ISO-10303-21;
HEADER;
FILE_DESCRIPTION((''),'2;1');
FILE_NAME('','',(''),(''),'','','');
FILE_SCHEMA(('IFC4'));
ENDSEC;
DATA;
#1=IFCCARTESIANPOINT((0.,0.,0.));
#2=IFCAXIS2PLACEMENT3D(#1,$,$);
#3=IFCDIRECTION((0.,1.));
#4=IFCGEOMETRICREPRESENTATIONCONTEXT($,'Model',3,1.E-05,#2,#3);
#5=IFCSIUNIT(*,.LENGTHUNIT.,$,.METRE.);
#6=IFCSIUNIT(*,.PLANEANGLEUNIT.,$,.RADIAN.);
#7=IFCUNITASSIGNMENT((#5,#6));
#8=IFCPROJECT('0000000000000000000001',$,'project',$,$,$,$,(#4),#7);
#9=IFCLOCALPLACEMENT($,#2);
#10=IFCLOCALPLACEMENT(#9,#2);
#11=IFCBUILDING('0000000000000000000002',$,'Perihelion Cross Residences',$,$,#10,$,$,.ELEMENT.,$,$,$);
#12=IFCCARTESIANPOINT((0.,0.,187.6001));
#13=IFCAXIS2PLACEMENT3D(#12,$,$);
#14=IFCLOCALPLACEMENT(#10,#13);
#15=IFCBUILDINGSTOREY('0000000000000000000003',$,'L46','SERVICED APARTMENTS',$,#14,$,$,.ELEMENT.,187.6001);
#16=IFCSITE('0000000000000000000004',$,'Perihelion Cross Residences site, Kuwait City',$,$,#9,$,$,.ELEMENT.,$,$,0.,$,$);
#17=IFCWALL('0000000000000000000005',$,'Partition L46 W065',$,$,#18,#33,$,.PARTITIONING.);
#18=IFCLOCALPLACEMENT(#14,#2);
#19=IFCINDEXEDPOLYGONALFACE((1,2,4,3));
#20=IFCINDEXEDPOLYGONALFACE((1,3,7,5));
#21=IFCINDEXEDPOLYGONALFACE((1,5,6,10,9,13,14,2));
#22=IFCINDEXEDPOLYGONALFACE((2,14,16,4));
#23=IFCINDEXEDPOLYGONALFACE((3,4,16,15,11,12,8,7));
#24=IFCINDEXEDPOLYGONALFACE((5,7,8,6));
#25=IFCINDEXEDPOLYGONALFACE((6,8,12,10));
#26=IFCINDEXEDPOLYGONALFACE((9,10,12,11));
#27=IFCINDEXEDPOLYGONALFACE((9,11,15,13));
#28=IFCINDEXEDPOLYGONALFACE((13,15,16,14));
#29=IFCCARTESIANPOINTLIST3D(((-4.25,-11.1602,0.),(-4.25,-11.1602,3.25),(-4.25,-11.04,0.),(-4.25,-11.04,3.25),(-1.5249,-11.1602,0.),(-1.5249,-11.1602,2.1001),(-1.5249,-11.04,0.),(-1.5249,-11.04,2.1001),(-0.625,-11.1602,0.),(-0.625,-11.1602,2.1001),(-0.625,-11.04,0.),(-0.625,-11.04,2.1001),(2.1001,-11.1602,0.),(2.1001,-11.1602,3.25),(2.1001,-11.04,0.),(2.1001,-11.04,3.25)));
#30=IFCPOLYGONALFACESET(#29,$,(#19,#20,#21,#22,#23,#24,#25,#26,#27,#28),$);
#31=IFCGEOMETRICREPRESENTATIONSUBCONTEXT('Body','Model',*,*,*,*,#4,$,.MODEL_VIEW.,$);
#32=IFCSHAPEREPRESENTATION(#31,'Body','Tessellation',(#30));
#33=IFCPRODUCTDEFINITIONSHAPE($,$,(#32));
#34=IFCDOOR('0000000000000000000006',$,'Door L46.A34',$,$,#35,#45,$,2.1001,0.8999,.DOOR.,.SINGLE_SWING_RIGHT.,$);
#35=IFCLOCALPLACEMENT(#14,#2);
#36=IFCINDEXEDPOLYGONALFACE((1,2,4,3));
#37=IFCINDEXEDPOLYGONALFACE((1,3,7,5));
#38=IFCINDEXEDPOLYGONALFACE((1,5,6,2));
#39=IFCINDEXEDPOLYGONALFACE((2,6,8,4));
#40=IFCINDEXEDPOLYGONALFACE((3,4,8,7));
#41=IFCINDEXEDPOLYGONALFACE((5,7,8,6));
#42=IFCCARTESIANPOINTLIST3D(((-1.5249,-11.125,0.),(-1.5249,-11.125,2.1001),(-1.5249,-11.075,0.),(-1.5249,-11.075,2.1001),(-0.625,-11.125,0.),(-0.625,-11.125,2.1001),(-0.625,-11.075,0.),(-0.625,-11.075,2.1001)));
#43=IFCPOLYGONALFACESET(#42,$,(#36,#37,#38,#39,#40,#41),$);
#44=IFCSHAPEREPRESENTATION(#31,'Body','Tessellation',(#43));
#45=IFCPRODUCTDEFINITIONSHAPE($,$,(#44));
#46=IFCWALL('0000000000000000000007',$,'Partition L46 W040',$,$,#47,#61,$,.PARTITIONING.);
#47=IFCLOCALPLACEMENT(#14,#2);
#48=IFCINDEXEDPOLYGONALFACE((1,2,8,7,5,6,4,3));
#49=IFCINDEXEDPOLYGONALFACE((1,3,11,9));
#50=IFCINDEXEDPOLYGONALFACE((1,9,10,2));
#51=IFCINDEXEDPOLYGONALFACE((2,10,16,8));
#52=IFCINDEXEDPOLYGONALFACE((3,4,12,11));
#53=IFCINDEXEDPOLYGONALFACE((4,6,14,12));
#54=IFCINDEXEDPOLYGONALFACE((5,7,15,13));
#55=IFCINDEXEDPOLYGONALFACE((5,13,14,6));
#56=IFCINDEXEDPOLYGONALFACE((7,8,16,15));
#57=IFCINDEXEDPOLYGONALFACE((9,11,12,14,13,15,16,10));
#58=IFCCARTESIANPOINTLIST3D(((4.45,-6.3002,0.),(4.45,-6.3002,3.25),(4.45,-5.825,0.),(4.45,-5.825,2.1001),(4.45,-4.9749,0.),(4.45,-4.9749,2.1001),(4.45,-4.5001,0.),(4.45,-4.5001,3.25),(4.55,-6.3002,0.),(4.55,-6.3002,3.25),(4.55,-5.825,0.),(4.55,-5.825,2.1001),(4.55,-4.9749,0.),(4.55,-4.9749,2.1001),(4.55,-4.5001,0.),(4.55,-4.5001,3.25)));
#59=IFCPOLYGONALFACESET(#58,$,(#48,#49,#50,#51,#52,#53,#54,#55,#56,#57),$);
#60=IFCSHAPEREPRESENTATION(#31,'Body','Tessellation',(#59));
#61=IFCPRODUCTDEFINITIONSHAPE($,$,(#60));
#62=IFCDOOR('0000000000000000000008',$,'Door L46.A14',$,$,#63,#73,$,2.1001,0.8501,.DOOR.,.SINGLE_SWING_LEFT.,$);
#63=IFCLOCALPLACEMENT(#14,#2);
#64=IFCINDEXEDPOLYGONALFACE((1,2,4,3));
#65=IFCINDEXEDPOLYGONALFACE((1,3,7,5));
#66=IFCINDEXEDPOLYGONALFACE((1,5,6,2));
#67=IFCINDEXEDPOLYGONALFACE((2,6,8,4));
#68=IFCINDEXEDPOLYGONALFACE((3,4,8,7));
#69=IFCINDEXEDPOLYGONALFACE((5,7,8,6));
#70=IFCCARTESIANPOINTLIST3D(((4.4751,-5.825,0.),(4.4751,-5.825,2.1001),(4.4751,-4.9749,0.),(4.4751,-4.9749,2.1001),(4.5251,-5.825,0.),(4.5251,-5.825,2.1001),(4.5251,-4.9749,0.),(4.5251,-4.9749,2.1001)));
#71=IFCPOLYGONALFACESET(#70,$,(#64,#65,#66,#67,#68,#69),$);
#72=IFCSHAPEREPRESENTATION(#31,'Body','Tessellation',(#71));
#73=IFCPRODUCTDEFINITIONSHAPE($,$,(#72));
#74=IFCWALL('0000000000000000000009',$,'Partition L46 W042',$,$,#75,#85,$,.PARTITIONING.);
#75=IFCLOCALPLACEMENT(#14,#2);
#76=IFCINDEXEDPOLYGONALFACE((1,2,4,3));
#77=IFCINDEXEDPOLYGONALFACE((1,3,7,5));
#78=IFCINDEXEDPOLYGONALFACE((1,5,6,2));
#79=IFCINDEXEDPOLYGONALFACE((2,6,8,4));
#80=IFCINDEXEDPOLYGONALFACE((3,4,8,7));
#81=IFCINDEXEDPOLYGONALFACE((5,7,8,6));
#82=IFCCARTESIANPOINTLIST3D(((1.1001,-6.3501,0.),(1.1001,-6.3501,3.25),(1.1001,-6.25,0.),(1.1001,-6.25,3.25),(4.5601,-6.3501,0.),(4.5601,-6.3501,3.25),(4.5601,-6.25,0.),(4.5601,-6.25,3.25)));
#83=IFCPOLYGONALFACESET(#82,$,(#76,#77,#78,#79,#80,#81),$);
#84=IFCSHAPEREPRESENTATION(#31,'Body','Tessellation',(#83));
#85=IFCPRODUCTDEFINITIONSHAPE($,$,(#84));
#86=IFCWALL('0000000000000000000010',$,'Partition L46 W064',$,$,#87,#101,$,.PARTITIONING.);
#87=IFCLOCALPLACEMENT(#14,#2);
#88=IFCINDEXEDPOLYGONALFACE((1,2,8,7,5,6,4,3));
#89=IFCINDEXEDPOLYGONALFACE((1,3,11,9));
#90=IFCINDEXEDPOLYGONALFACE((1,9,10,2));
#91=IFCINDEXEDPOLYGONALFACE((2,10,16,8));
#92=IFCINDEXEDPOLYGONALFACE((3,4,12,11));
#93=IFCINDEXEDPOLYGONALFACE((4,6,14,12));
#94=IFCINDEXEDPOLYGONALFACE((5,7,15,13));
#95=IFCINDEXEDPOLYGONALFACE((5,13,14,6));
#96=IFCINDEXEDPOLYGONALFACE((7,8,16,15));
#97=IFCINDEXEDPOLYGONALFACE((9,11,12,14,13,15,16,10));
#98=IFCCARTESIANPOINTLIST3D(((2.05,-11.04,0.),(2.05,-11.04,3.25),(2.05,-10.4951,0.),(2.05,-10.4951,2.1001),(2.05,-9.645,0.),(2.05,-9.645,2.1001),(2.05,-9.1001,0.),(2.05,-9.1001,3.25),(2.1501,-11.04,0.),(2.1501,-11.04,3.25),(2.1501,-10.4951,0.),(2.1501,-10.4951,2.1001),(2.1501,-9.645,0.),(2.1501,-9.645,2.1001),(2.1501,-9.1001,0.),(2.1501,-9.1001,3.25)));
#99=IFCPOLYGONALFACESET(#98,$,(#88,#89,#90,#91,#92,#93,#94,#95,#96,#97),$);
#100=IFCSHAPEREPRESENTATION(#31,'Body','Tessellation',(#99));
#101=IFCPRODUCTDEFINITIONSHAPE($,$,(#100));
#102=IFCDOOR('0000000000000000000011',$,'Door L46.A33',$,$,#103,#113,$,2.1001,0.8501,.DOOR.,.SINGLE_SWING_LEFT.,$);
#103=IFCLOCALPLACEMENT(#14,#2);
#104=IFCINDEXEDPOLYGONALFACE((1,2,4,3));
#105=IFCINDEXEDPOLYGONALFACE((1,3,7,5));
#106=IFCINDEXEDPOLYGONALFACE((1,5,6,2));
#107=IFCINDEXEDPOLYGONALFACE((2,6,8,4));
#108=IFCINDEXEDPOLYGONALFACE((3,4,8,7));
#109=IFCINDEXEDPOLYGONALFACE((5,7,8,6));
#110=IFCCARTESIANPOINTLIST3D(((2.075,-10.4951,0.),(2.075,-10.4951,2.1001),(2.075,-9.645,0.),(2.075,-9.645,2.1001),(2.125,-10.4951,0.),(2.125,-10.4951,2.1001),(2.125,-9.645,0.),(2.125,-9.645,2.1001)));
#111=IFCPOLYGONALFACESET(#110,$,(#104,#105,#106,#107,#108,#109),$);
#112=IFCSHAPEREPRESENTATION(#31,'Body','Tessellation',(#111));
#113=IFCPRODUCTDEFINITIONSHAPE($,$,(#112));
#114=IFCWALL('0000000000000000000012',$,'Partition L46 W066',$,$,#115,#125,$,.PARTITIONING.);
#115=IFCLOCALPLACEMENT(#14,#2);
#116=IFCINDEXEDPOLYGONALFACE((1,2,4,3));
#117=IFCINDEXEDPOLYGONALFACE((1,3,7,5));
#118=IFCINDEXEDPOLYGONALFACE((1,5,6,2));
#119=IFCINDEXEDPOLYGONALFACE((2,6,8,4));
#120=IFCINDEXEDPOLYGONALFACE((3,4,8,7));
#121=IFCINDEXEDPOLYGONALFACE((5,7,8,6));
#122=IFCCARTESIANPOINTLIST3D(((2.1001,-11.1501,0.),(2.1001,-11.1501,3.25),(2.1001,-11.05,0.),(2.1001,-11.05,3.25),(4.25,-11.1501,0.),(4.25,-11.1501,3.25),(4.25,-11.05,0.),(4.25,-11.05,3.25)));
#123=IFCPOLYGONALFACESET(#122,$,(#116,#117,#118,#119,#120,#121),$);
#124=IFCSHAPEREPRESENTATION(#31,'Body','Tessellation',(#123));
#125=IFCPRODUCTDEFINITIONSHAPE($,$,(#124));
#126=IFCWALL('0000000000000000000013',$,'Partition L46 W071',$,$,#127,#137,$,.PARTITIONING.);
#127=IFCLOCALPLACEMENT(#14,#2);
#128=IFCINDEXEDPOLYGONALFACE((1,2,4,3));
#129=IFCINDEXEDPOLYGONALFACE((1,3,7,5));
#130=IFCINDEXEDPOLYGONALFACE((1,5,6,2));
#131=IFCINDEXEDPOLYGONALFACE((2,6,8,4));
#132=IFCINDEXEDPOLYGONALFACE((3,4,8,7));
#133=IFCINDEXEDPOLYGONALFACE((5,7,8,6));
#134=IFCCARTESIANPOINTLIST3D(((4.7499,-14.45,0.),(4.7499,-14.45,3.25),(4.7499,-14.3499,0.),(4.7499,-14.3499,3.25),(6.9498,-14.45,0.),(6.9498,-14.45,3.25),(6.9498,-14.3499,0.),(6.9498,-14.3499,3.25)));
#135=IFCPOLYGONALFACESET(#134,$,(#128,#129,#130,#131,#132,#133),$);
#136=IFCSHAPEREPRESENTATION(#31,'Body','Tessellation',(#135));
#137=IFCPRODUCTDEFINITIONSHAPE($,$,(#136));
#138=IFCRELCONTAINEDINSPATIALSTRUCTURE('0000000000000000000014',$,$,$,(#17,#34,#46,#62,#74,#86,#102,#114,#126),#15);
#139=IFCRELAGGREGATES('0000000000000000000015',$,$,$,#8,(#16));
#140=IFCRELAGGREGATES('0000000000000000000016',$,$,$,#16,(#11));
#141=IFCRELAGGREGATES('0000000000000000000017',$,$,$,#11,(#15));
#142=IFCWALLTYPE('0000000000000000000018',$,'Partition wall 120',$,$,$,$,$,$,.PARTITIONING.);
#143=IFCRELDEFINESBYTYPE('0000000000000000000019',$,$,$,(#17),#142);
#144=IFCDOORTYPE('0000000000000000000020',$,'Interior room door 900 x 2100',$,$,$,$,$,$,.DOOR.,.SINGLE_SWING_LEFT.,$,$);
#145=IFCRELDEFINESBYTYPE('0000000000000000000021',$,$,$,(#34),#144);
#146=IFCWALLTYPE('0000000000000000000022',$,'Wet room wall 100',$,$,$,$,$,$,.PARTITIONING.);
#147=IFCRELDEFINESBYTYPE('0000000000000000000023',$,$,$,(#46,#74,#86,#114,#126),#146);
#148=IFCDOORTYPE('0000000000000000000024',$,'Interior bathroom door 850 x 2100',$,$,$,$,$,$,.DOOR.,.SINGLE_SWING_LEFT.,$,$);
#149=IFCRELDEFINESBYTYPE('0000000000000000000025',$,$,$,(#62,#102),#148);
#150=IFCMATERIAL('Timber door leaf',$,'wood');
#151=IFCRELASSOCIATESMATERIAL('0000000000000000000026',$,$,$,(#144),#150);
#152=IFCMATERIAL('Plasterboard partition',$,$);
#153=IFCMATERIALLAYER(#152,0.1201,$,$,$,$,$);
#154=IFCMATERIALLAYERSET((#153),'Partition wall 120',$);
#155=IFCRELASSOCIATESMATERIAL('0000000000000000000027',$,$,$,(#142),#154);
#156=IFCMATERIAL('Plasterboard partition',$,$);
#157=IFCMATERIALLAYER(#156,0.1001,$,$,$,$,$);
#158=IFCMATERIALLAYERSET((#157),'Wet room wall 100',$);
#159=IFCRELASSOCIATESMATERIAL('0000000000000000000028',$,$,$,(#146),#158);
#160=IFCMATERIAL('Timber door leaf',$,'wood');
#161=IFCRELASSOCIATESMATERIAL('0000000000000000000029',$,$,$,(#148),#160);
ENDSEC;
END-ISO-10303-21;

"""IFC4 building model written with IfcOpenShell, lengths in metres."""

from ifc_helpers import new_model, si_unit, direction, frame, frame_2d, origin, place, context, subcontext, project, spatial, rectangle, extrude, material, layer, layer_set, type_object, element, fill, save


model = new_model("IFC4")

# Units and contexts
model_context = context("Model", 3, precision=1e-05, world=origin(), true_north=direction((0.0, 1.0)))
body_context = subcontext(model_context, "Body", "Model", "MODEL_VIEW")
ifc_project = project(units=[si_unit("LENGTHUNIT", "METRE"), si_unit("PLANEANGLEUNIT", "RADIAN")], contexts=[model_context])

# Site, building, storey
site_placement = place(None, origin())
site = spatial("IfcSite", under=ifc_project, at=site_placement, Name="Perihelion Cross Residences site, Kuwait City", CompositionType="ELEMENT", RefElevation=0.0)
building_placement = place(site_placement, origin())
building = spatial("IfcBuilding", under=site, at=building_placement, Name="Perihelion Cross Residences", CompositionType="ELEMENT")
storey_placement = place(building_placement, frame((0.0, 0.0, 187.6001)))
storey = spatial("IfcBuildingStorey", under=building, at=storey_placement, Name="L46", Description="SERVICED APARTMENTS", CompositionType="ELEMENT", Elevation=187.6001)

# Walls, openings, doors
ifc_material_1 = material(Name="Timber door leaf", Category="wood")
door_type_1 = type_object("IfcDoorType", Name="Interior room door 900 x 2100", OperationType="SINGLE_SWING_LEFT", PredefinedType="DOOR", material=ifc_material_1)
ifc_material_2 = material(Name="Plasterboard partition")
ifc_layer_1 = layer(ifc_material_2, 0.1201)
ifc_layer_set_1 = layer_set([ifc_layer_1], Name="Partition wall 120")
wall_type_1 = type_object("IfcWallType", Name="Partition wall 120", PredefinedType="PARTITIONING", material=ifc_layer_set_1)
wall_1_placement = place(storey_placement, frame((2.1001, -11.1001, 0.0), z_axis=(0.0, 0.0, 1.0), x_axis=(-1.0, 0.0, 0.0)))
wall_1 = element("IfcWall", 1, at=wall_1_placement, inside=storey, type_object=wall_type_1, Name="Partition L46 W065", PredefinedType="PARTITIONING", context=body_context, shape_type="SweptSolid", body=[
    extrude(rectangle(XDim=6.3501, YDim=0.1201, at=frame_2d((3.175, 0.0))), origin(), (0.0, 0.0, 1.0), 3.25),
])
opening_1_placement = place(wall_1_placement, frame((2.7251, 0.0, 0.0)))
opening_1 = element("IfcOpeningElement", 2, at=opening_1_placement, cuts=wall_1, PredefinedType="OPENING", context=body_context, shape_type="SweptSolid", body=[
    extrude(rectangle(XDim=0.8999, YDim=2.1001, at=frame_2d((0.45, 1.05))), frame((0.0, 0.0701, 0.0), z_axis=(0.0, -1.0, 0.0), x_axis=(1.0, 0.0, 0.0)), (0.0, 0.0, 1.0), 0.1401),
])
door_1_placement = place(opening_1_placement, origin())
door_1 = element("IfcDoor", 3, at=door_1_placement, inside=storey, type_object=door_type_1, Name="Door L46.A34", OperationType="SINGLE_SWING_RIGHT", OverallHeight=2.1001, OverallWidth=0.8999, PredefinedType="DOOR", context=body_context, shape_type="SweptSolid", body=[
    extrude(rectangle(XDim=0.8999, YDim=2.1001, at=frame_2d((0.45, 1.05))), frame((0.0, 0.0249, 0.0), z_axis=(0.0, -1.0, 0.0), x_axis=(1.0, 0.0, 0.0)), (0.0, 0.0, 1.0), 0.05),
])
fill(opening_1, door_1)
ifc_material_3 = material(Name="Plasterboard partition")
ifc_layer_2 = layer(ifc_material_3, 0.1001)
ifc_layer_set_2 = layer_set([ifc_layer_2], Name="Wet room wall 100")
wall_type_2 = type_object("IfcWallType", Name="Wet room wall 100", PredefinedType="PARTITIONING", material=ifc_layer_set_2)
wall_2_placement = place(storey_placement, frame((4.5, -6.3, 0.0), z_axis=(0.0, 0.0, 1.0), x_axis=(0.0, 1.0, 0.0)))
wall_2 = element("IfcWall", 4, at=wall_2_placement, inside=storey, type_object=wall_type_2, Name="Partition L46 W040", PredefinedType="PARTITIONING", context=body_context, shape_type="SweptSolid", body=[
    extrude(rectangle(XDim=1.8, YDim=0.1001, at=frame_2d((0.8999, 0.0))), origin(), (0.0, 0.0, 1.0), 3.25),
])
opening_2_placement = place(wall_2_placement, frame((0.4751, 0.0, 0.0)))
opening_2 = element("IfcOpeningElement", 5, at=opening_2_placement, cuts=wall_2, PredefinedType="OPENING", context=body_context, shape_type="SweptSolid", body=[
    extrude(rectangle(XDim=0.8501, YDim=2.1001, at=frame_2d((0.425, 1.05))), frame((0.0, 0.0601, 0.0), z_axis=(0.0, -1.0, 0.0), x_axis=(1.0, 0.0, 0.0)), (0.0, 0.0, 1.0), 0.1201),
])
ifc_material_4 = material(Name="Timber door leaf", Category="wood")
door_type_2 = type_object("IfcDoorType", Name="Interior bathroom door 850 x 2100", OperationType="SINGLE_SWING_LEFT", PredefinedType="DOOR", material=ifc_material_4)
door_2_placement = place(opening_2_placement, origin())
door_2 = element("IfcDoor", 6, at=door_2_placement, inside=storey, type_object=door_type_2, Name="Door L46.A14", OperationType="SINGLE_SWING_LEFT", OverallHeight=2.1001, OverallWidth=0.8501, PredefinedType="DOOR", context=body_context, shape_type="SweptSolid", body=[
    extrude(rectangle(XDim=0.8501, YDim=2.1001, at=frame_2d((0.425, 1.05))), frame((0.0, 0.0249, 0.0), z_axis=(0.0, -1.0, 0.0), x_axis=(1.0, 0.0, 0.0)), (0.0, 0.0, 1.0), 0.05),
])
fill(opening_2, door_2)

# Wall
wall_3_placement = place(storey_placement, frame((4.5601, -6.3, 0.0), z_axis=(0.0, 0.0, 1.0), x_axis=(-1.0, 0.0, 0.0)))
element("IfcWall", 7, at=wall_3_placement, inside=storey, type_object=wall_type_2, Name="Partition L46 W042", PredefinedType="PARTITIONING", context=body_context, shape_type="SweptSolid", body=[
    extrude(rectangle(XDim=3.46, YDim=0.1001, at=frame_2d((1.73, 0.0))), origin(), (0.0, 0.0, 1.0), 3.25),
])

# Wall, opening, door
wall_4_placement = place(storey_placement, frame((2.1001, -9.1001, 0.0), z_axis=(0.0, 0.0, 1.0), x_axis=(0.0, -1.0, 0.0)))
wall_4 = element("IfcWall", 8, at=wall_4_placement, inside=storey, type_object=wall_type_2, Name="Partition L46 W064", PredefinedType="PARTITIONING", context=body_context, shape_type="SweptSolid", body=[
    extrude(rectangle(XDim=1.9399, YDim=0.1001, at=frame_2d((0.97, 0.0))), origin(), (0.0, 0.0, 1.0), 3.25),
])
opening_3_placement = place(wall_4_placement, frame((0.5449, 0.0, 0.0)))
opening_3 = element("IfcOpeningElement", 9, at=opening_3_placement, cuts=wall_4, PredefinedType="OPENING", context=body_context, shape_type="SweptSolid", body=[
    extrude(rectangle(XDim=0.8501, YDim=2.1001, at=frame_2d((0.425, 1.05))), frame((0.0, 0.0601, 0.0), z_axis=(0.0, -1.0, 0.0), x_axis=(1.0, 0.0, 0.0)), (0.0, 0.0, 1.0), 0.1201),
])
door_3_placement = place(opening_3_placement, origin())
door_3 = element("IfcDoor", 10, at=door_3_placement, inside=storey, type_object=door_type_2, Name="Door L46.A33", OperationType="SINGLE_SWING_LEFT", OverallHeight=2.1001, OverallWidth=0.8501, PredefinedType="DOOR", context=body_context, shape_type="SweptSolid", body=[
    extrude(rectangle(XDim=0.8501, YDim=2.1001, at=frame_2d((0.425, 1.05))), frame((0.0, 0.0249, 0.0), z_axis=(0.0, -1.0, 0.0), x_axis=(1.0, 0.0, 0.0)), (0.0, 0.0, 1.0), 0.05),
])
fill(opening_3, door_3)

# Walls
wall_5_placement = place(storey_placement, frame((4.25, -11.1001, 0.0), z_axis=(0.0, 0.0, 1.0), x_axis=(-1.0, 0.0, 0.0)))
element("IfcWall", 11, at=wall_5_placement, inside=storey, type_object=wall_type_2, Name="Partition L46 W066", PredefinedType="PARTITIONING", context=body_context, shape_type="SweptSolid", body=[
    extrude(rectangle(XDim=2.1499, YDim=0.1001, at=frame_2d((1.075, 0.0))), origin(), (0.0, 0.0, 1.0), 3.25),
])
wall_6_placement = place(storey_placement, frame((6.95, -14.3999, 0.0), z_axis=(0.0, 0.0, 1.0), x_axis=(-1.0, 0.0, 0.0)))
element("IfcWall", 12, at=wall_6_placement, inside=storey, type_object=wall_type_2, Name="Partition L46 W071", PredefinedType="PARTITIONING", context=body_context, shape_type="SweptSolid", body=[
    extrude(rectangle(XDim=2.2, YDim=0.1001, at=frame_2d((1.1001, 0.0))), origin(), (0.0, 0.0, 1.0), 3.25),
])

save(model, "model.ifc")
